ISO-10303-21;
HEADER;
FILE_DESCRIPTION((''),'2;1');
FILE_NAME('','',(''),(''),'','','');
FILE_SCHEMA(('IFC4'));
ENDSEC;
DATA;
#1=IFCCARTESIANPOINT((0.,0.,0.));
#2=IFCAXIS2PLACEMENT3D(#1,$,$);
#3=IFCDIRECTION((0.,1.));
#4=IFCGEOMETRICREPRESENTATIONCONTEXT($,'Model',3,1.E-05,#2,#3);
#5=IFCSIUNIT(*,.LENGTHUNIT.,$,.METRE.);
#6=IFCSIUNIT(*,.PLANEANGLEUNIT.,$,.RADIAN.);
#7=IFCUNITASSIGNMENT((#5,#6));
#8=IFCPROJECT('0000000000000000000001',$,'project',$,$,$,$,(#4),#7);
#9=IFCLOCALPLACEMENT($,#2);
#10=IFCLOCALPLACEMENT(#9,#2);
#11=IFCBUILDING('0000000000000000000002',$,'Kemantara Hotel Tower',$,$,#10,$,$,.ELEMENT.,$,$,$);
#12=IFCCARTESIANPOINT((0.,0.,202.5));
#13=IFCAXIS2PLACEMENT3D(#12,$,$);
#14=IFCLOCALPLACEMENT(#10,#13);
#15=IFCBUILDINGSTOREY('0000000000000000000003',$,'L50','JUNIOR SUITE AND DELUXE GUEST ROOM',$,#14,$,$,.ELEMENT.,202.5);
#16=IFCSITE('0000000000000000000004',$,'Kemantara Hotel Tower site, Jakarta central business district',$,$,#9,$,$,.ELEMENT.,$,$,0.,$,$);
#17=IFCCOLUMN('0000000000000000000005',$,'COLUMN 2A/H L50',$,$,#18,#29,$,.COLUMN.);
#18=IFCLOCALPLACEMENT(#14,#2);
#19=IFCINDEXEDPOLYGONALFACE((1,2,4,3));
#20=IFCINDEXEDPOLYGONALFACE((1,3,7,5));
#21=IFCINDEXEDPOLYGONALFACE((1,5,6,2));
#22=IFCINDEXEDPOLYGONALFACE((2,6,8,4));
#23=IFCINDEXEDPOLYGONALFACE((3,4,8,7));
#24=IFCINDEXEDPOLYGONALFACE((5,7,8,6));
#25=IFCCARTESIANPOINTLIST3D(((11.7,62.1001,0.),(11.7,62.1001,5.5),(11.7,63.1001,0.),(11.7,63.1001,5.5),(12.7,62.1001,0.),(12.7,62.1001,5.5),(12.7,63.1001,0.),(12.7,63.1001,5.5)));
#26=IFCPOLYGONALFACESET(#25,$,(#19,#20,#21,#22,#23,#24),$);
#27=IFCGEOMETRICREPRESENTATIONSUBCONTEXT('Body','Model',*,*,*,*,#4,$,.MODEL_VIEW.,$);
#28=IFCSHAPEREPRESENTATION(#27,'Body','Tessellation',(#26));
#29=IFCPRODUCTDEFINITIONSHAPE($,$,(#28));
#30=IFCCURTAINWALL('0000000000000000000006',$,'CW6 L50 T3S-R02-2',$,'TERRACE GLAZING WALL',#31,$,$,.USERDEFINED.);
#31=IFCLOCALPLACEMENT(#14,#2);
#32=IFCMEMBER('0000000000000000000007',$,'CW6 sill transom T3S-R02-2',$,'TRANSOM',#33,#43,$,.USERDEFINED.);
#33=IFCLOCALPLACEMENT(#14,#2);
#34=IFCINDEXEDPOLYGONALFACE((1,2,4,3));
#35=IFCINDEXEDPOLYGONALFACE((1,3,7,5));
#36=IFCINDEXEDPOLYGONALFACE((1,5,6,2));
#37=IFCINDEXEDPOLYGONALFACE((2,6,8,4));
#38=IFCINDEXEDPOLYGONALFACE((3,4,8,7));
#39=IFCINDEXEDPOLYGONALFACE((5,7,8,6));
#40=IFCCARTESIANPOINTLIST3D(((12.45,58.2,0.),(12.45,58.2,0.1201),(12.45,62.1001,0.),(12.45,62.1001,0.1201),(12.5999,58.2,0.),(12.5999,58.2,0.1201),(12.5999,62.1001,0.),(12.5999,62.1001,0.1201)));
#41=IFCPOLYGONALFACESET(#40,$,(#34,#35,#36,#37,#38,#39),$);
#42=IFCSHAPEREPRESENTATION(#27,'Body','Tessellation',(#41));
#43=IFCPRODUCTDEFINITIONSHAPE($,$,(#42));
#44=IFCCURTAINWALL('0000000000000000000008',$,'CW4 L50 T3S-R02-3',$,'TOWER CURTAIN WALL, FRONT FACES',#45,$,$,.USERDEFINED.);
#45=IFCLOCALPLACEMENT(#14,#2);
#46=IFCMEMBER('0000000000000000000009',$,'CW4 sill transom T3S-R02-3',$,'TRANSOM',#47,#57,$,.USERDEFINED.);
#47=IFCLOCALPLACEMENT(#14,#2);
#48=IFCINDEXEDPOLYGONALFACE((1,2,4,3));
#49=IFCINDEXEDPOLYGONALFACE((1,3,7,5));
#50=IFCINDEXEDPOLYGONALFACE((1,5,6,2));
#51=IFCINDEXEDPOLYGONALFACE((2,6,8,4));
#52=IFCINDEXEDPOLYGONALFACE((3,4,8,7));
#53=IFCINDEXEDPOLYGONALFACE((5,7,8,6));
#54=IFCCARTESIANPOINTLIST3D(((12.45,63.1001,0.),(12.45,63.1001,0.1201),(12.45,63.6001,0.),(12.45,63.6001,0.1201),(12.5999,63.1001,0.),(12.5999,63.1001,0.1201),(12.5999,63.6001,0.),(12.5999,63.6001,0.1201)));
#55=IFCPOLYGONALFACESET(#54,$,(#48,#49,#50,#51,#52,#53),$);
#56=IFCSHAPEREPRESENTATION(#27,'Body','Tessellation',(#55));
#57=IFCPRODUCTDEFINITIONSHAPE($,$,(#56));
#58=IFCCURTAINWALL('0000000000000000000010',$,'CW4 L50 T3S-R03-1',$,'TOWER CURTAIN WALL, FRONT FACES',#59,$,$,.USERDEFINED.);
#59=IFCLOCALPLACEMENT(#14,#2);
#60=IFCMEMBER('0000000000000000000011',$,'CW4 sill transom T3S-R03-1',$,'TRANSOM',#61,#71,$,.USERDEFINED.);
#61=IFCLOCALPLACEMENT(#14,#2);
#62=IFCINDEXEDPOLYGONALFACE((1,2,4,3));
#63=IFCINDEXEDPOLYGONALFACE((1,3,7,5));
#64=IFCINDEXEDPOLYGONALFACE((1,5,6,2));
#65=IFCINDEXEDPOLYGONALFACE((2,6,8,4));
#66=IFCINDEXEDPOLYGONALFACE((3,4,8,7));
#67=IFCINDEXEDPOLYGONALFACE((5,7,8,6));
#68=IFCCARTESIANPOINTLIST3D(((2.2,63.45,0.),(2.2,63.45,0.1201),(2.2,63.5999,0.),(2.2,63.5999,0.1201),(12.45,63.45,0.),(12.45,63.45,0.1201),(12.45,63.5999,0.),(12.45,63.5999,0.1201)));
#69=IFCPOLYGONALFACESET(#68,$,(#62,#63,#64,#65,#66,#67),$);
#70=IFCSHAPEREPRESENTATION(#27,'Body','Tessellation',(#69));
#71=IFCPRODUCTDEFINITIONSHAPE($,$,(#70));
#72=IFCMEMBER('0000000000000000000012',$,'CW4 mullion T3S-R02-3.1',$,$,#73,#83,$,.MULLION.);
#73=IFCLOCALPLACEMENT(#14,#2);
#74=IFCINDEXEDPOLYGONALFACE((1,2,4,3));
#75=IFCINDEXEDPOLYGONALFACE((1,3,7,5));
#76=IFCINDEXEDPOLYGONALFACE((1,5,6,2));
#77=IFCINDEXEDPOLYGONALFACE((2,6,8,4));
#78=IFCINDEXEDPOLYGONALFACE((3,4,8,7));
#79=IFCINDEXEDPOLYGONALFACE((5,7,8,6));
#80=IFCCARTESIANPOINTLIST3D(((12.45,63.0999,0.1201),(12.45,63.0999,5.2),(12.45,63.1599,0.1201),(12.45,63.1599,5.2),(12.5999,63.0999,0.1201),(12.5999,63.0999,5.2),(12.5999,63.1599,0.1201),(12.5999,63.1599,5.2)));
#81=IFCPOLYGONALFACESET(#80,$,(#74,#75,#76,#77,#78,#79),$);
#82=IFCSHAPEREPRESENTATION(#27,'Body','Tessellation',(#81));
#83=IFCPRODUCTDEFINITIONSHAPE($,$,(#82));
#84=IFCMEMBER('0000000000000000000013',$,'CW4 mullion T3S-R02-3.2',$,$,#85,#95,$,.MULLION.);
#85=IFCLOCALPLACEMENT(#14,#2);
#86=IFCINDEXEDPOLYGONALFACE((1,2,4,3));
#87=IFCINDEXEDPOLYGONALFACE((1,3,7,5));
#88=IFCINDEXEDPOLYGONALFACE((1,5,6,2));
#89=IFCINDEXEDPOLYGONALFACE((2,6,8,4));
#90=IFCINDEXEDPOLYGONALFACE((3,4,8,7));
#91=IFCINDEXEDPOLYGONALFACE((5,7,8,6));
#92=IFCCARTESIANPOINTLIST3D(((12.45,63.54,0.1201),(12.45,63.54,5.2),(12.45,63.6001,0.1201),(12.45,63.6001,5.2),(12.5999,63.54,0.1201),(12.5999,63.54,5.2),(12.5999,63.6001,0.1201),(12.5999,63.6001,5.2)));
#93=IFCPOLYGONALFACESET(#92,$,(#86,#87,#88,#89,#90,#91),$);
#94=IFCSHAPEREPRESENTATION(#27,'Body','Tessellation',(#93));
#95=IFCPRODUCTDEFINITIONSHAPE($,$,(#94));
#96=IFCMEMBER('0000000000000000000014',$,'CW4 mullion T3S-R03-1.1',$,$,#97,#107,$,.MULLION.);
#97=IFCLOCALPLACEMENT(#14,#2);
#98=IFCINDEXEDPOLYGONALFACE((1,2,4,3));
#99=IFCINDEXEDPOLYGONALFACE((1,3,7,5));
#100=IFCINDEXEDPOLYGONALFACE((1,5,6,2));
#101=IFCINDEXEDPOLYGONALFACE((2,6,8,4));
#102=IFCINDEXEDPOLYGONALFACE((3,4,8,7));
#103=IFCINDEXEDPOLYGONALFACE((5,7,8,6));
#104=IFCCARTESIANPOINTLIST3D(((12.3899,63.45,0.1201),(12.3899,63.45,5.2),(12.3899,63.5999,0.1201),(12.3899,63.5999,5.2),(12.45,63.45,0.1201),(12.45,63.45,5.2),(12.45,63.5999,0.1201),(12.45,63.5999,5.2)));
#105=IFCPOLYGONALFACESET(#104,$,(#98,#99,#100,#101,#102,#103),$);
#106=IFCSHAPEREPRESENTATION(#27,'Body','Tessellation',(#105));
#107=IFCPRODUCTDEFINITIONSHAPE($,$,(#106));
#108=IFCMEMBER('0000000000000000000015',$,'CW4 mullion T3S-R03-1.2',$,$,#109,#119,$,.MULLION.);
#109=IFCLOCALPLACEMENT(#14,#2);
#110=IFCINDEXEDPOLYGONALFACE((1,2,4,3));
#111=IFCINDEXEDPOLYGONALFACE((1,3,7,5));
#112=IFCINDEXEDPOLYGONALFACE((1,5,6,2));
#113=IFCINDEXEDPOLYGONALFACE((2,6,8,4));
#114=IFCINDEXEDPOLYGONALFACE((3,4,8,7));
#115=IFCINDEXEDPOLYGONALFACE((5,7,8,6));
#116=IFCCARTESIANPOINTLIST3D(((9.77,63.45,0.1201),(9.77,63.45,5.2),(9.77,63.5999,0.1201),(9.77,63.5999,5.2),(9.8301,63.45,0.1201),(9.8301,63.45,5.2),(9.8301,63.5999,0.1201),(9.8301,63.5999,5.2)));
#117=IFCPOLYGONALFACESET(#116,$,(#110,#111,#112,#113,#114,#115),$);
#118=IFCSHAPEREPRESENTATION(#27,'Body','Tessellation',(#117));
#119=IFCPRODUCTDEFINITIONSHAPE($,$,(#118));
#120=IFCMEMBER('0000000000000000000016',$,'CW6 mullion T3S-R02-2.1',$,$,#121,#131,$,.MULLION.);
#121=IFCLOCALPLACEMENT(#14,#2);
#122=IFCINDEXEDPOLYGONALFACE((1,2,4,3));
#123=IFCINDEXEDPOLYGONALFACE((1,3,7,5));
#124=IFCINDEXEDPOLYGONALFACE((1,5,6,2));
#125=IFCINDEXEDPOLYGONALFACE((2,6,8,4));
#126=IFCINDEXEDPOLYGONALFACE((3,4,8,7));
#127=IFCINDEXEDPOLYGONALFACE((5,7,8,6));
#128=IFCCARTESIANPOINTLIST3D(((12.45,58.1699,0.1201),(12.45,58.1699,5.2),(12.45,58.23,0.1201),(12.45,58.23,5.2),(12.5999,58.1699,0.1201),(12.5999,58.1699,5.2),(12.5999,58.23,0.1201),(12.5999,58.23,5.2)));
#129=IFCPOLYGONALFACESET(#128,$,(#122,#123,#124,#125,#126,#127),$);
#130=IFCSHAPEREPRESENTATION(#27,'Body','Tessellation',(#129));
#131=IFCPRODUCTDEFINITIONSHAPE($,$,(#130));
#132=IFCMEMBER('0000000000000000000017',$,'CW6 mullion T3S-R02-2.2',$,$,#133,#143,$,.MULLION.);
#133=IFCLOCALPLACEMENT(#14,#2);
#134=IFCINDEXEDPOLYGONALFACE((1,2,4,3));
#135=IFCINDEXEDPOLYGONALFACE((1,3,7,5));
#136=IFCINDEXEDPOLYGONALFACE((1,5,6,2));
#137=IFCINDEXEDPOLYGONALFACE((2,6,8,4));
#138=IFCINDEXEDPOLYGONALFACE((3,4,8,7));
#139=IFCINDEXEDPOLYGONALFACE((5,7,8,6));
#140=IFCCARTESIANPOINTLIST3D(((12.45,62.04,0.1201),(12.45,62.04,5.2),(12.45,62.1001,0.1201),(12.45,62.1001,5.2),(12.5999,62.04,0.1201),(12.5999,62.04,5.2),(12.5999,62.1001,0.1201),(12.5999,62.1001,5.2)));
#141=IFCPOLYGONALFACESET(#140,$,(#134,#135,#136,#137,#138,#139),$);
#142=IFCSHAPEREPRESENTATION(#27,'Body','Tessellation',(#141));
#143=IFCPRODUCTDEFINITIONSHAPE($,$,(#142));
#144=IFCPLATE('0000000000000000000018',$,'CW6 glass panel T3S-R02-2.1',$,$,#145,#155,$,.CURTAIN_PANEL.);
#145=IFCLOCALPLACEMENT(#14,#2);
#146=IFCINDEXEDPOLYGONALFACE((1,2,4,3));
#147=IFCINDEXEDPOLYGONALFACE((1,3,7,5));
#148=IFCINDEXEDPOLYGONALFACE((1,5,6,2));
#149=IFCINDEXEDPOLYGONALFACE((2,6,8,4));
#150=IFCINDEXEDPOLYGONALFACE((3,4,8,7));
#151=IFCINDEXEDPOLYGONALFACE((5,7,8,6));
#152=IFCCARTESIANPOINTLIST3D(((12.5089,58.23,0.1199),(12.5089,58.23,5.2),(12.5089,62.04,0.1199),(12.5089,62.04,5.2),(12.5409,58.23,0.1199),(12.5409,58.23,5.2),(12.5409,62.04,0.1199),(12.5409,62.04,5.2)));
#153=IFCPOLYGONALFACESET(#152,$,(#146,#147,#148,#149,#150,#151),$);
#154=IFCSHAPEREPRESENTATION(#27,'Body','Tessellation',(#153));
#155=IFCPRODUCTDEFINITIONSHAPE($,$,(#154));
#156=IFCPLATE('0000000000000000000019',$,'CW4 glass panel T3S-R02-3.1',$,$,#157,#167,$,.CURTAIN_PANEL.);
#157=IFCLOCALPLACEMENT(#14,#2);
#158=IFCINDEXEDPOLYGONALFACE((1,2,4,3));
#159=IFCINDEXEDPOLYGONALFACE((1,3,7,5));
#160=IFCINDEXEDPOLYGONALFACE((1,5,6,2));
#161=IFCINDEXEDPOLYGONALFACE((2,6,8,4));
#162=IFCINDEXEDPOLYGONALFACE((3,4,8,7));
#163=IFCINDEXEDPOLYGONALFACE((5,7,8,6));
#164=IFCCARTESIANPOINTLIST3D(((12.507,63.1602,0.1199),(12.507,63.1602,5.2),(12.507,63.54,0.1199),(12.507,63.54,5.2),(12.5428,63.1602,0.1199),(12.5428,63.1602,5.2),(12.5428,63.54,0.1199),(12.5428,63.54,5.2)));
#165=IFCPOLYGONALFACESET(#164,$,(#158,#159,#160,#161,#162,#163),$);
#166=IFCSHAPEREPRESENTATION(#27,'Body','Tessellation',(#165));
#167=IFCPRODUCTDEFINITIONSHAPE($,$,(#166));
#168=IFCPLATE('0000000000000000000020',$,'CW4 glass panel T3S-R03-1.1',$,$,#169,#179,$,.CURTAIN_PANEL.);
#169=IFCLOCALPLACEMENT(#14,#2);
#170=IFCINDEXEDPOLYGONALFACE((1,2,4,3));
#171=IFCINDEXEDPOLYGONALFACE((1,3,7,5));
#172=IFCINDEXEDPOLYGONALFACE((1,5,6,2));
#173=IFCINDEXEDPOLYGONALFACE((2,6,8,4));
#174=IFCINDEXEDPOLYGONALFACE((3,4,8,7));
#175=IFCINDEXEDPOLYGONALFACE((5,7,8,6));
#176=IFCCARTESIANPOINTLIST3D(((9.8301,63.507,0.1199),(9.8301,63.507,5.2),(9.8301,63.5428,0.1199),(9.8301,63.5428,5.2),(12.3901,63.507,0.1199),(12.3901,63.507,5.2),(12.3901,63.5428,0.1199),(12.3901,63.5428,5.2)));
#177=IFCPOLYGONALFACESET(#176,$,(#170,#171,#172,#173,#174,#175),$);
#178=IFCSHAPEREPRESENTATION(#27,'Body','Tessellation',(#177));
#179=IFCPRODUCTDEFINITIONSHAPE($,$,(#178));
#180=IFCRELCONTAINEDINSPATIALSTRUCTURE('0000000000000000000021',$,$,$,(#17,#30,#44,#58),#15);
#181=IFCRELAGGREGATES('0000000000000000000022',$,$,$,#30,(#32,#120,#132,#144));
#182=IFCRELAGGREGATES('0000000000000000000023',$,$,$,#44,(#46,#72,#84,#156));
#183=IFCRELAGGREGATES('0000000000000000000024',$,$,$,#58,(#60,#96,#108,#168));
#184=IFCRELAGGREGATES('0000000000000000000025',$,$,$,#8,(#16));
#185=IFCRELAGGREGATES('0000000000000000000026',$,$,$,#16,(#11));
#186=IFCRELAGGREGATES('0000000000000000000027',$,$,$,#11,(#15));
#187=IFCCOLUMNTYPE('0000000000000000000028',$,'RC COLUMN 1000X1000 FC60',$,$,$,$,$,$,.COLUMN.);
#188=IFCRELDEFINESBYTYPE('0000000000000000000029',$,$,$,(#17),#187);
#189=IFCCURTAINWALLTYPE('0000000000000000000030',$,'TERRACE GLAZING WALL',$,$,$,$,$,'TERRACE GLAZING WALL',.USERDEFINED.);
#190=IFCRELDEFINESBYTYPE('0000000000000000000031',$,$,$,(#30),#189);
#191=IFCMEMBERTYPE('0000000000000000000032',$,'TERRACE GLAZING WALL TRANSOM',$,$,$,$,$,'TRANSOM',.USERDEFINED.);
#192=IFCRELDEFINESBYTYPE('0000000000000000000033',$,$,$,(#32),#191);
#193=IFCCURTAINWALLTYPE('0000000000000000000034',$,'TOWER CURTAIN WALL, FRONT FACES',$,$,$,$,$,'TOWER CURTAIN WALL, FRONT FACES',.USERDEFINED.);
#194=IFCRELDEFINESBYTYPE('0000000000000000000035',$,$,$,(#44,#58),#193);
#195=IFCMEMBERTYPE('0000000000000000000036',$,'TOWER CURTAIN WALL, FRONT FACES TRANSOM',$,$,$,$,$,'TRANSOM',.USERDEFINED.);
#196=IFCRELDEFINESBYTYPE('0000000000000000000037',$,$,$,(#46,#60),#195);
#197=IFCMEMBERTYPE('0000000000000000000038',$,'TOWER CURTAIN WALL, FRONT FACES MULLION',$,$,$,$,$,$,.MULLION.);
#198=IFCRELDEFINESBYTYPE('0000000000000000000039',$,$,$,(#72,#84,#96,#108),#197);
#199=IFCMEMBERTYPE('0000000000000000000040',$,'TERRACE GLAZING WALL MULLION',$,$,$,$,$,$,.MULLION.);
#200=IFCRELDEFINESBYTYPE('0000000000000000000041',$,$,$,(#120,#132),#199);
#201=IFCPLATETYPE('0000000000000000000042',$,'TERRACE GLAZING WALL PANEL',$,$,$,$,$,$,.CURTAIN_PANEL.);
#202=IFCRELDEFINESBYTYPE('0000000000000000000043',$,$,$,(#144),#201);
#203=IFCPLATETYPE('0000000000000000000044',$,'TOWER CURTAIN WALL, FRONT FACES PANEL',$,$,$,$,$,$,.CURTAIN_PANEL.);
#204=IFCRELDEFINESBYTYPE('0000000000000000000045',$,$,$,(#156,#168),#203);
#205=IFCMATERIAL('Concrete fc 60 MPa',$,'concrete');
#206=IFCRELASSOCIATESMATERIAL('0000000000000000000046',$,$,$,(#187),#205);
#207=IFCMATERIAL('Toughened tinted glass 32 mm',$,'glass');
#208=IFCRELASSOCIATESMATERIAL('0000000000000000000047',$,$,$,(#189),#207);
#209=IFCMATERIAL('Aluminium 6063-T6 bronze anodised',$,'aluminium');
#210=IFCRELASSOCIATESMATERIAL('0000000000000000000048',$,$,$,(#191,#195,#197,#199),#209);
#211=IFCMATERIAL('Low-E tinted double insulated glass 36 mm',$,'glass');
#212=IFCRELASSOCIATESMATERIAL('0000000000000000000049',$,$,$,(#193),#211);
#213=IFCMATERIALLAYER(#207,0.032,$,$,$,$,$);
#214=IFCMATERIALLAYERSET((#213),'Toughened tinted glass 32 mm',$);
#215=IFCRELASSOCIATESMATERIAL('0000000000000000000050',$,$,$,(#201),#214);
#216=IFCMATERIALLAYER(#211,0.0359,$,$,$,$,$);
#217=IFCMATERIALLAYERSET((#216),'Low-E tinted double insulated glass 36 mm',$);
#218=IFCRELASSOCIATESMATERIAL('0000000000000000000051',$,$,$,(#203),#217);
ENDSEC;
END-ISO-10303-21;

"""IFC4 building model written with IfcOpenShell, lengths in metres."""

from ifc_helpers import new_model, si_unit, direction, frame, origin, origin_2d, place, context, subcontext, project, spatial, rectangle, extrude, source, transform, mapped, material, layer, layer_set, material_profile, profile_set, type_object, element, aggregate, save


model = new_model("IFC4")

# Units and contexts
model_context = context("Model", 3, precision=1e-05, world=origin(), true_north=direction((0.0, 1.0)))
body_context = subcontext(model_context, "Body", "Model", "MODEL_VIEW")
ifc_project = project(units=[si_unit("LENGTHUNIT", "METRE"), si_unit("PLANEANGLEUNIT", "RADIAN")], contexts=[model_context])

# Site, building, storey
site_placement = place(None, origin())
site = spatial("IfcSite", under=ifc_project, at=site_placement, Name="Kemantara Hotel Tower site, Jakarta central business district", CompositionType="ELEMENT", RefElevation=0.0)
building_placement = place(site_placement, origin())
building = spatial("IfcBuilding", under=site, at=building_placement, Name="Kemantara Hotel Tower", CompositionType="ELEMENT")
storey_placement = place(building_placement, frame((0.0, 0.0, 202.5)))
storey = spatial("IfcBuildingStorey", under=building, at=storey_placement, Name="L50", Description="JUNIOR SUITE AND DELUXE GUEST ROOM", CompositionType="ELEMENT", Elevation=202.5)

# Column
ifc_material_1 = material(Name="Concrete fc 60 MPa", Category="concrete")
ifc_material_profile_1 = material_profile(ifc_material_1, rectangle(XDim=1.0, YDim=1.0, at=origin_2d()), Name="RC 1000X1000")
ifc_profile_set_1 = profile_set([ifc_material_profile_1], Name="Concrete fc 60 MPa")
column_type = type_object("IfcColumnType", Name="RC COLUMN 1000X1000 FC60", PredefinedType="COLUMN", material=ifc_profile_set_1)
column_placement = place(storey_placement, frame((12.2, 62.6001, 0.0), z_axis=(0.0, 0.0, 1.0), x_axis=(1.0, 0.0, 0.0)))
element("IfcColumn", 1, at=column_placement, inside=storey, type_object=column_type, Name="COLUMN 2A/H L50", PredefinedType="COLUMN", context=body_context, shape_type="SweptSolid", body=[
    extrude(rectangle(XDim=1.0, YDim=1.0, at=origin_2d()), origin(), (0.0, 0.0, 1.0), 5.5),
])

# Curtain walls, members
ifc_material_2 = material(Name="Toughened tinted glass 32 mm", Category="glass")
curtain_wall_type_1 = type_object("IfcCurtainWallType", Name="TERRACE GLAZING WALL", ElementType="TERRACE GLAZING WALL", PredefinedType="USERDEFINED", material=ifc_material_2)
curtain_wall_1_placement = place(storey_placement, origin())
curtain_wall_1 = element("IfcCurtainWall", 2, at=curtain_wall_1_placement, inside=storey, type_object=curtain_wall_type_1, Name="CW6 L50 T3S-R02-2", ObjectType="TERRACE GLAZING WALL", PredefinedType="USERDEFINED")
ifc_material_3 = material(Name="Aluminium 6063-T6 bronze anodised", Category="aluminium")
ifc_material_profile_2 = material_profile(ifc_material_3, rectangle(XDim=0.1499, YDim=0.1201, at=origin_2d()), Name="TERRACE GLAZING WALL TRANSOM")
ifc_profile_set_2 = profile_set([ifc_material_profile_2], Name="Aluminium 6063-T6 bronze anodised")
member_type_1 = type_object("IfcMemberType", Name="TERRACE GLAZING WALL TRANSOM", ElementType="TRANSOM", PredefinedType="USERDEFINED", material=ifc_profile_set_2)
member_1_placement = place(storey_placement, frame((12.5249, 58.2, 0.0601), z_axis=(0.0, 1.0, 0.0), x_axis=(-1.0, 0.0, 0.0)))
member_1 = element("IfcMember", 3, at=member_1_placement, type_object=member_type_1, Name="CW6 sill transom T3S-R02-2", ObjectType="TRANSOM", PredefinedType="USERDEFINED", context=body_context, shape_type="SweptSolid", body=[
    extrude(rectangle(XDim=0.1499, YDim=0.1201, at=origin_2d()), origin(), (0.0, 0.0, 1.0), 3.9001),
])
ifc_material_4 = material(Name="Low-E tinted double insulated glass 36 mm", Category="glass")
curtain_wall_type_2 = type_object("IfcCurtainWallType", Name="TOWER CURTAIN WALL, FRONT FACES", ElementType="TOWER CURTAIN WALL, FRONT FACES", PredefinedType="USERDEFINED", material=ifc_material_4)
curtain_wall_2_placement = place(storey_placement, origin())
curtain_wall_2 = element("IfcCurtainWall", 4, at=curtain_wall_2_placement, inside=storey, type_object=curtain_wall_type_2, Name="CW4 L50 T3S-R02-3", ObjectType="TOWER CURTAIN WALL, FRONT FACES", PredefinedType="USERDEFINED")
ifc_material_profile_3 = material_profile(ifc_material_3, rectangle(XDim=0.1499, YDim=0.1201, at=origin_2d()), Name="TOWER CURTAIN WALL, FRONT FACES TRANSOM")
ifc_profile_set_3 = profile_set([ifc_material_profile_3], Name="Aluminium 6063-T6 bronze anodised")
member_type_2 = type_object("IfcMemberType", Name="TOWER CURTAIN WALL, FRONT FACES TRANSOM", ElementType="TRANSOM", PredefinedType="USERDEFINED", material=ifc_profile_set_3)
member_2_placement = place(storey_placement, frame((12.5249, 63.1001, 0.0601), z_axis=(0.0, 1.0, 0.0), x_axis=(-1.0, 0.0, 0.0)))
member_2 = element("IfcMember", 5, at=member_2_placement, type_object=member_type_2, Name="CW4 sill transom T3S-R02-3", ObjectType="TRANSOM", PredefinedType="USERDEFINED", context=body_context, shape_type="SweptSolid", body=[
    extrude(rectangle(XDim=0.1499, YDim=0.1201, at=origin_2d()), origin(), (0.0, 0.0, 1.0), 0.5),
])
curtain_wall_3_placement = place(storey_placement, origin())
curtain_wall_3 = element("IfcCurtainWall", 6, at=curtain_wall_3_placement, inside=storey, type_object=curtain_wall_type_2, Name="CW4 L50 T3S-R03-1", ObjectType="TOWER CURTAIN WALL, FRONT FACES", PredefinedType="USERDEFINED")
member_3_placement = place(storey_placement, frame((12.45, 63.5249, 0.0601), z_axis=(-1.0, 0.0, 0.0), x_axis=(0.0, -1.0, 0.0)))
member_3 = element("IfcMember", 7, at=member_3_placement, type_object=member_type_2, Name="CW4 sill transom T3S-R03-1", ObjectType="TRANSOM", PredefinedType="USERDEFINED", context=body_context, shape_type="SweptSolid", body=[
    extrude(rectangle(XDim=0.1499, YDim=0.1201, at=origin_2d()), origin(), (0.0, 0.0, 1.0), 10.25),
])

# Members
ifc_material_profile_4 = material_profile(ifc_material_3, rectangle(XDim=0.1499, YDim=0.0601, at=origin_2d()), Name="TOWER CURTAIN WALL, FRONT FACES MULLION")
ifc_profile_set_4 = profile_set([ifc_material_profile_4], Name="Aluminium 6063-T6 bronze anodised")
member_type_3 = type_object("IfcMemberType", Name="TOWER CURTAIN WALL, FRONT FACES MULLION", PredefinedType="MULLION", material=ifc_profile_set_4)
shared_shape_1 = source(origin(), body_context, "Body", "SweptSolid", [
    extrude(rectangle(XDim=0.1499, YDim=0.0601, at=origin_2d()), origin(), (0.0, 0.0, 1.0), 5.0798),
])
member_4_placement = place(storey_placement, frame((12.5249, 63.1299, 0.1201), z_axis=(0.0, 0.0, 1.0), x_axis=(-1.0, 0.0, 0.0)))
member_4 = element("IfcMember", 8, at=member_4_placement, type_object=member_type_3, Name="CW4 mullion T3S-R02-3.1", PredefinedType="MULLION", context=body_context, shape_type="MappedRepresentation", body=[
    mapped(shared_shape_1, transform((0.0, 0.0, 0.0))),
])
member_5_placement = place(storey_placement, frame((12.5249, 63.5701, 0.1201), z_axis=(0.0, 0.0, 1.0), x_axis=(-1.0, 0.0, 0.0)))
member_5 = element("IfcMember", 9, at=member_5_placement, type_object=member_type_3, Name="CW4 mullion T3S-R02-3.2", PredefinedType="MULLION", context=body_context, shape_type="MappedRepresentation", body=[
    mapped(shared_shape_1, transform((0.0, 0.0, 0.0))),
])
member_6_placement = place(storey_placement, frame((12.4199, 63.5249, 0.1201), z_axis=(0.0, 0.0, 1.0), x_axis=(0.0, -1.0, 0.0)))
member_6 = element("IfcMember", 10, at=member_6_placement, type_object=member_type_3, Name="CW4 mullion T3S-R03-1.1", PredefinedType="MULLION", context=body_context, shape_type="MappedRepresentation", body=[
    mapped(shared_shape_1, transform((0.0, 0.0, 0.0))),
])
member_7_placement = place(storey_placement, frame((9.8, 63.5249, 0.1201), z_axis=(0.0, 0.0, 1.0), x_axis=(0.0, -1.0, 0.0)))
member_7 = element("IfcMember", 11, at=member_7_placement, type_object=member_type_3, Name="CW4 mullion T3S-R03-1.2", PredefinedType="MULLION", context=body_context, shape_type="MappedRepresentation", body=[
    mapped(shared_shape_1, transform((0.0, 0.0, 0.0))),
])
ifc_material_profile_5 = material_profile(ifc_material_3, rectangle(XDim=0.1499, YDim=0.0601, at=origin_2d()), Name="TERRACE GLAZING WALL MULLION")
ifc_profile_set_5 = profile_set([ifc_material_profile_5], Name="Aluminium 6063-T6 bronze anodised")
member_type_4 = type_object("IfcMemberType", Name="TERRACE GLAZING WALL MULLION", PredefinedType="MULLION", material=ifc_profile_set_5)
shared_shape_2 = source(origin(), body_context, "Body", "SweptSolid", [
    extrude(rectangle(XDim=0.1499, YDim=0.0601, at=origin_2d()), origin(), (0.0, 0.0, 1.0), 5.0798),
])
member_8_placement = place(storey_placement, frame((12.5249, 58.2, 0.1201), z_axis=(0.0, 0.0, 1.0), x_axis=(-1.0, 0.0, 0.0)))
member_8 = element("IfcMember", 12, at=member_8_placement, type_object=member_type_4, Name="CW6 mullion T3S-R02-2.1", PredefinedType="MULLION", context=body_context, shape_type="MappedRepresentation", body=[
    mapped(shared_shape_2, transform((0.0, 0.0, 0.0))),
])
member_9_placement = place(storey_placement, frame((12.5249, 62.0701, 0.1201), z_axis=(0.0, 0.0, 1.0), x_axis=(-1.0, 0.0, 0.0)))
member_9 = element("IfcMember", 13, at=member_9_placement, type_object=member_type_4, Name="CW6 mullion T3S-R02-2.2", PredefinedType="MULLION", context=body_context, shape_type="MappedRepresentation", body=[
    mapped(shared_shape_2, transform((0.0, 0.0, 0.0))),
])

# Plates
ifc_layer_1 = layer(ifc_material_2, 0.032)
ifc_layer_set_1 = layer_set([ifc_layer_1], Name="Toughened tinted glass 32 mm")
plate_type_1 = type_object("IfcPlateType", Name="TERRACE GLAZING WALL PANEL", PredefinedType="CURTAIN_PANEL", material=ifc_layer_set_1)
shared_shape_3 = source(origin(), body_context, "Body", "SweptSolid", [
    extrude(rectangle(XDim=3.8101, YDim=0.032, at=origin_2d()), origin(), (0.0, 0.0, 1.0), 5.0801),
])
plate_1_placement = place(storey_placement, frame((12.5249, 60.135, 0.1199), z_axis=(0.0, 0.0, 1.0), x_axis=(0.0, 1.0, 0.0)))
plate_1 = element("IfcPlate", 14, at=plate_1_placement, type_object=plate_type_1, Name="CW6 glass panel T3S-R02-2.1", PredefinedType="CURTAIN_PANEL", context=body_context, shape_type="MappedRepresentation", body=[
    mapped(shared_shape_3, transform((0.0, 0.0, 0.0))),
])
aggregate(curtain_wall_1, [member_1, member_8, member_9, plate_1])
ifc_layer_2 = layer(ifc_material_4, 0.0359)
ifc_layer_set_2 = layer_set([ifc_layer_2], Name="Low-E tinted double insulated glass 36 mm")
plate_type_2 = type_object("IfcPlateType", Name="TOWER CURTAIN WALL, FRONT FACES PANEL", PredefinedType="CURTAIN_PANEL", material=ifc_layer_set_2)
shared_shape_4 = source(origin(), body_context, "Body", "SweptSolid", [
    extrude(rectangle(XDim=0.3799, YDim=0.0359, at=origin_2d()), origin(), (0.0, 0.0, 1.0), 5.0801),
])
plate_2_placement = place(storey_placement, frame((12.5249, 63.3501, 0.1199), z_axis=(0.0, 0.0, 1.0), x_axis=(0.0, 1.0, 0.0)))
plate_2 = element("IfcPlate", 15, at=plate_2_placement, type_object=plate_type_2, Name="CW4 glass panel T3S-R02-3.1", PredefinedType="CURTAIN_PANEL", context=body_context, shape_type="MappedRepresentation", body=[
    mapped(shared_shape_4, transform((0.0, 0.0, 0.0))),
])
aggregate(curtain_wall_2, [member_2, member_4, member_5, plate_2])
shared_shape_5 = source(origin(), body_context, "Body", "SweptSolid", [
    extrude(rectangle(XDim=2.5601, YDim=0.0359, at=origin_2d()), origin(), (0.0, 0.0, 1.0), 5.0801),
])
plate_3_placement = place(storey_placement, frame((11.1101, 63.5249, 0.1199), z_axis=(0.0, 0.0, 1.0), x_axis=(-1.0, 0.0, 0.0)))
plate_3 = element("IfcPlate", 16, at=plate_3_placement, type_object=plate_type_2, Name="CW4 glass panel T3S-R03-1.1", PredefinedType="CURTAIN_PANEL", context=body_context, shape_type="MappedRepresentation", body=[
    mapped(shared_shape_5, transform((0.0, 0.0, 0.0))),
])
aggregate(curtain_wall_3, [member_3, member_6, member_7, plate_3])

save(model, "model.ifc")
